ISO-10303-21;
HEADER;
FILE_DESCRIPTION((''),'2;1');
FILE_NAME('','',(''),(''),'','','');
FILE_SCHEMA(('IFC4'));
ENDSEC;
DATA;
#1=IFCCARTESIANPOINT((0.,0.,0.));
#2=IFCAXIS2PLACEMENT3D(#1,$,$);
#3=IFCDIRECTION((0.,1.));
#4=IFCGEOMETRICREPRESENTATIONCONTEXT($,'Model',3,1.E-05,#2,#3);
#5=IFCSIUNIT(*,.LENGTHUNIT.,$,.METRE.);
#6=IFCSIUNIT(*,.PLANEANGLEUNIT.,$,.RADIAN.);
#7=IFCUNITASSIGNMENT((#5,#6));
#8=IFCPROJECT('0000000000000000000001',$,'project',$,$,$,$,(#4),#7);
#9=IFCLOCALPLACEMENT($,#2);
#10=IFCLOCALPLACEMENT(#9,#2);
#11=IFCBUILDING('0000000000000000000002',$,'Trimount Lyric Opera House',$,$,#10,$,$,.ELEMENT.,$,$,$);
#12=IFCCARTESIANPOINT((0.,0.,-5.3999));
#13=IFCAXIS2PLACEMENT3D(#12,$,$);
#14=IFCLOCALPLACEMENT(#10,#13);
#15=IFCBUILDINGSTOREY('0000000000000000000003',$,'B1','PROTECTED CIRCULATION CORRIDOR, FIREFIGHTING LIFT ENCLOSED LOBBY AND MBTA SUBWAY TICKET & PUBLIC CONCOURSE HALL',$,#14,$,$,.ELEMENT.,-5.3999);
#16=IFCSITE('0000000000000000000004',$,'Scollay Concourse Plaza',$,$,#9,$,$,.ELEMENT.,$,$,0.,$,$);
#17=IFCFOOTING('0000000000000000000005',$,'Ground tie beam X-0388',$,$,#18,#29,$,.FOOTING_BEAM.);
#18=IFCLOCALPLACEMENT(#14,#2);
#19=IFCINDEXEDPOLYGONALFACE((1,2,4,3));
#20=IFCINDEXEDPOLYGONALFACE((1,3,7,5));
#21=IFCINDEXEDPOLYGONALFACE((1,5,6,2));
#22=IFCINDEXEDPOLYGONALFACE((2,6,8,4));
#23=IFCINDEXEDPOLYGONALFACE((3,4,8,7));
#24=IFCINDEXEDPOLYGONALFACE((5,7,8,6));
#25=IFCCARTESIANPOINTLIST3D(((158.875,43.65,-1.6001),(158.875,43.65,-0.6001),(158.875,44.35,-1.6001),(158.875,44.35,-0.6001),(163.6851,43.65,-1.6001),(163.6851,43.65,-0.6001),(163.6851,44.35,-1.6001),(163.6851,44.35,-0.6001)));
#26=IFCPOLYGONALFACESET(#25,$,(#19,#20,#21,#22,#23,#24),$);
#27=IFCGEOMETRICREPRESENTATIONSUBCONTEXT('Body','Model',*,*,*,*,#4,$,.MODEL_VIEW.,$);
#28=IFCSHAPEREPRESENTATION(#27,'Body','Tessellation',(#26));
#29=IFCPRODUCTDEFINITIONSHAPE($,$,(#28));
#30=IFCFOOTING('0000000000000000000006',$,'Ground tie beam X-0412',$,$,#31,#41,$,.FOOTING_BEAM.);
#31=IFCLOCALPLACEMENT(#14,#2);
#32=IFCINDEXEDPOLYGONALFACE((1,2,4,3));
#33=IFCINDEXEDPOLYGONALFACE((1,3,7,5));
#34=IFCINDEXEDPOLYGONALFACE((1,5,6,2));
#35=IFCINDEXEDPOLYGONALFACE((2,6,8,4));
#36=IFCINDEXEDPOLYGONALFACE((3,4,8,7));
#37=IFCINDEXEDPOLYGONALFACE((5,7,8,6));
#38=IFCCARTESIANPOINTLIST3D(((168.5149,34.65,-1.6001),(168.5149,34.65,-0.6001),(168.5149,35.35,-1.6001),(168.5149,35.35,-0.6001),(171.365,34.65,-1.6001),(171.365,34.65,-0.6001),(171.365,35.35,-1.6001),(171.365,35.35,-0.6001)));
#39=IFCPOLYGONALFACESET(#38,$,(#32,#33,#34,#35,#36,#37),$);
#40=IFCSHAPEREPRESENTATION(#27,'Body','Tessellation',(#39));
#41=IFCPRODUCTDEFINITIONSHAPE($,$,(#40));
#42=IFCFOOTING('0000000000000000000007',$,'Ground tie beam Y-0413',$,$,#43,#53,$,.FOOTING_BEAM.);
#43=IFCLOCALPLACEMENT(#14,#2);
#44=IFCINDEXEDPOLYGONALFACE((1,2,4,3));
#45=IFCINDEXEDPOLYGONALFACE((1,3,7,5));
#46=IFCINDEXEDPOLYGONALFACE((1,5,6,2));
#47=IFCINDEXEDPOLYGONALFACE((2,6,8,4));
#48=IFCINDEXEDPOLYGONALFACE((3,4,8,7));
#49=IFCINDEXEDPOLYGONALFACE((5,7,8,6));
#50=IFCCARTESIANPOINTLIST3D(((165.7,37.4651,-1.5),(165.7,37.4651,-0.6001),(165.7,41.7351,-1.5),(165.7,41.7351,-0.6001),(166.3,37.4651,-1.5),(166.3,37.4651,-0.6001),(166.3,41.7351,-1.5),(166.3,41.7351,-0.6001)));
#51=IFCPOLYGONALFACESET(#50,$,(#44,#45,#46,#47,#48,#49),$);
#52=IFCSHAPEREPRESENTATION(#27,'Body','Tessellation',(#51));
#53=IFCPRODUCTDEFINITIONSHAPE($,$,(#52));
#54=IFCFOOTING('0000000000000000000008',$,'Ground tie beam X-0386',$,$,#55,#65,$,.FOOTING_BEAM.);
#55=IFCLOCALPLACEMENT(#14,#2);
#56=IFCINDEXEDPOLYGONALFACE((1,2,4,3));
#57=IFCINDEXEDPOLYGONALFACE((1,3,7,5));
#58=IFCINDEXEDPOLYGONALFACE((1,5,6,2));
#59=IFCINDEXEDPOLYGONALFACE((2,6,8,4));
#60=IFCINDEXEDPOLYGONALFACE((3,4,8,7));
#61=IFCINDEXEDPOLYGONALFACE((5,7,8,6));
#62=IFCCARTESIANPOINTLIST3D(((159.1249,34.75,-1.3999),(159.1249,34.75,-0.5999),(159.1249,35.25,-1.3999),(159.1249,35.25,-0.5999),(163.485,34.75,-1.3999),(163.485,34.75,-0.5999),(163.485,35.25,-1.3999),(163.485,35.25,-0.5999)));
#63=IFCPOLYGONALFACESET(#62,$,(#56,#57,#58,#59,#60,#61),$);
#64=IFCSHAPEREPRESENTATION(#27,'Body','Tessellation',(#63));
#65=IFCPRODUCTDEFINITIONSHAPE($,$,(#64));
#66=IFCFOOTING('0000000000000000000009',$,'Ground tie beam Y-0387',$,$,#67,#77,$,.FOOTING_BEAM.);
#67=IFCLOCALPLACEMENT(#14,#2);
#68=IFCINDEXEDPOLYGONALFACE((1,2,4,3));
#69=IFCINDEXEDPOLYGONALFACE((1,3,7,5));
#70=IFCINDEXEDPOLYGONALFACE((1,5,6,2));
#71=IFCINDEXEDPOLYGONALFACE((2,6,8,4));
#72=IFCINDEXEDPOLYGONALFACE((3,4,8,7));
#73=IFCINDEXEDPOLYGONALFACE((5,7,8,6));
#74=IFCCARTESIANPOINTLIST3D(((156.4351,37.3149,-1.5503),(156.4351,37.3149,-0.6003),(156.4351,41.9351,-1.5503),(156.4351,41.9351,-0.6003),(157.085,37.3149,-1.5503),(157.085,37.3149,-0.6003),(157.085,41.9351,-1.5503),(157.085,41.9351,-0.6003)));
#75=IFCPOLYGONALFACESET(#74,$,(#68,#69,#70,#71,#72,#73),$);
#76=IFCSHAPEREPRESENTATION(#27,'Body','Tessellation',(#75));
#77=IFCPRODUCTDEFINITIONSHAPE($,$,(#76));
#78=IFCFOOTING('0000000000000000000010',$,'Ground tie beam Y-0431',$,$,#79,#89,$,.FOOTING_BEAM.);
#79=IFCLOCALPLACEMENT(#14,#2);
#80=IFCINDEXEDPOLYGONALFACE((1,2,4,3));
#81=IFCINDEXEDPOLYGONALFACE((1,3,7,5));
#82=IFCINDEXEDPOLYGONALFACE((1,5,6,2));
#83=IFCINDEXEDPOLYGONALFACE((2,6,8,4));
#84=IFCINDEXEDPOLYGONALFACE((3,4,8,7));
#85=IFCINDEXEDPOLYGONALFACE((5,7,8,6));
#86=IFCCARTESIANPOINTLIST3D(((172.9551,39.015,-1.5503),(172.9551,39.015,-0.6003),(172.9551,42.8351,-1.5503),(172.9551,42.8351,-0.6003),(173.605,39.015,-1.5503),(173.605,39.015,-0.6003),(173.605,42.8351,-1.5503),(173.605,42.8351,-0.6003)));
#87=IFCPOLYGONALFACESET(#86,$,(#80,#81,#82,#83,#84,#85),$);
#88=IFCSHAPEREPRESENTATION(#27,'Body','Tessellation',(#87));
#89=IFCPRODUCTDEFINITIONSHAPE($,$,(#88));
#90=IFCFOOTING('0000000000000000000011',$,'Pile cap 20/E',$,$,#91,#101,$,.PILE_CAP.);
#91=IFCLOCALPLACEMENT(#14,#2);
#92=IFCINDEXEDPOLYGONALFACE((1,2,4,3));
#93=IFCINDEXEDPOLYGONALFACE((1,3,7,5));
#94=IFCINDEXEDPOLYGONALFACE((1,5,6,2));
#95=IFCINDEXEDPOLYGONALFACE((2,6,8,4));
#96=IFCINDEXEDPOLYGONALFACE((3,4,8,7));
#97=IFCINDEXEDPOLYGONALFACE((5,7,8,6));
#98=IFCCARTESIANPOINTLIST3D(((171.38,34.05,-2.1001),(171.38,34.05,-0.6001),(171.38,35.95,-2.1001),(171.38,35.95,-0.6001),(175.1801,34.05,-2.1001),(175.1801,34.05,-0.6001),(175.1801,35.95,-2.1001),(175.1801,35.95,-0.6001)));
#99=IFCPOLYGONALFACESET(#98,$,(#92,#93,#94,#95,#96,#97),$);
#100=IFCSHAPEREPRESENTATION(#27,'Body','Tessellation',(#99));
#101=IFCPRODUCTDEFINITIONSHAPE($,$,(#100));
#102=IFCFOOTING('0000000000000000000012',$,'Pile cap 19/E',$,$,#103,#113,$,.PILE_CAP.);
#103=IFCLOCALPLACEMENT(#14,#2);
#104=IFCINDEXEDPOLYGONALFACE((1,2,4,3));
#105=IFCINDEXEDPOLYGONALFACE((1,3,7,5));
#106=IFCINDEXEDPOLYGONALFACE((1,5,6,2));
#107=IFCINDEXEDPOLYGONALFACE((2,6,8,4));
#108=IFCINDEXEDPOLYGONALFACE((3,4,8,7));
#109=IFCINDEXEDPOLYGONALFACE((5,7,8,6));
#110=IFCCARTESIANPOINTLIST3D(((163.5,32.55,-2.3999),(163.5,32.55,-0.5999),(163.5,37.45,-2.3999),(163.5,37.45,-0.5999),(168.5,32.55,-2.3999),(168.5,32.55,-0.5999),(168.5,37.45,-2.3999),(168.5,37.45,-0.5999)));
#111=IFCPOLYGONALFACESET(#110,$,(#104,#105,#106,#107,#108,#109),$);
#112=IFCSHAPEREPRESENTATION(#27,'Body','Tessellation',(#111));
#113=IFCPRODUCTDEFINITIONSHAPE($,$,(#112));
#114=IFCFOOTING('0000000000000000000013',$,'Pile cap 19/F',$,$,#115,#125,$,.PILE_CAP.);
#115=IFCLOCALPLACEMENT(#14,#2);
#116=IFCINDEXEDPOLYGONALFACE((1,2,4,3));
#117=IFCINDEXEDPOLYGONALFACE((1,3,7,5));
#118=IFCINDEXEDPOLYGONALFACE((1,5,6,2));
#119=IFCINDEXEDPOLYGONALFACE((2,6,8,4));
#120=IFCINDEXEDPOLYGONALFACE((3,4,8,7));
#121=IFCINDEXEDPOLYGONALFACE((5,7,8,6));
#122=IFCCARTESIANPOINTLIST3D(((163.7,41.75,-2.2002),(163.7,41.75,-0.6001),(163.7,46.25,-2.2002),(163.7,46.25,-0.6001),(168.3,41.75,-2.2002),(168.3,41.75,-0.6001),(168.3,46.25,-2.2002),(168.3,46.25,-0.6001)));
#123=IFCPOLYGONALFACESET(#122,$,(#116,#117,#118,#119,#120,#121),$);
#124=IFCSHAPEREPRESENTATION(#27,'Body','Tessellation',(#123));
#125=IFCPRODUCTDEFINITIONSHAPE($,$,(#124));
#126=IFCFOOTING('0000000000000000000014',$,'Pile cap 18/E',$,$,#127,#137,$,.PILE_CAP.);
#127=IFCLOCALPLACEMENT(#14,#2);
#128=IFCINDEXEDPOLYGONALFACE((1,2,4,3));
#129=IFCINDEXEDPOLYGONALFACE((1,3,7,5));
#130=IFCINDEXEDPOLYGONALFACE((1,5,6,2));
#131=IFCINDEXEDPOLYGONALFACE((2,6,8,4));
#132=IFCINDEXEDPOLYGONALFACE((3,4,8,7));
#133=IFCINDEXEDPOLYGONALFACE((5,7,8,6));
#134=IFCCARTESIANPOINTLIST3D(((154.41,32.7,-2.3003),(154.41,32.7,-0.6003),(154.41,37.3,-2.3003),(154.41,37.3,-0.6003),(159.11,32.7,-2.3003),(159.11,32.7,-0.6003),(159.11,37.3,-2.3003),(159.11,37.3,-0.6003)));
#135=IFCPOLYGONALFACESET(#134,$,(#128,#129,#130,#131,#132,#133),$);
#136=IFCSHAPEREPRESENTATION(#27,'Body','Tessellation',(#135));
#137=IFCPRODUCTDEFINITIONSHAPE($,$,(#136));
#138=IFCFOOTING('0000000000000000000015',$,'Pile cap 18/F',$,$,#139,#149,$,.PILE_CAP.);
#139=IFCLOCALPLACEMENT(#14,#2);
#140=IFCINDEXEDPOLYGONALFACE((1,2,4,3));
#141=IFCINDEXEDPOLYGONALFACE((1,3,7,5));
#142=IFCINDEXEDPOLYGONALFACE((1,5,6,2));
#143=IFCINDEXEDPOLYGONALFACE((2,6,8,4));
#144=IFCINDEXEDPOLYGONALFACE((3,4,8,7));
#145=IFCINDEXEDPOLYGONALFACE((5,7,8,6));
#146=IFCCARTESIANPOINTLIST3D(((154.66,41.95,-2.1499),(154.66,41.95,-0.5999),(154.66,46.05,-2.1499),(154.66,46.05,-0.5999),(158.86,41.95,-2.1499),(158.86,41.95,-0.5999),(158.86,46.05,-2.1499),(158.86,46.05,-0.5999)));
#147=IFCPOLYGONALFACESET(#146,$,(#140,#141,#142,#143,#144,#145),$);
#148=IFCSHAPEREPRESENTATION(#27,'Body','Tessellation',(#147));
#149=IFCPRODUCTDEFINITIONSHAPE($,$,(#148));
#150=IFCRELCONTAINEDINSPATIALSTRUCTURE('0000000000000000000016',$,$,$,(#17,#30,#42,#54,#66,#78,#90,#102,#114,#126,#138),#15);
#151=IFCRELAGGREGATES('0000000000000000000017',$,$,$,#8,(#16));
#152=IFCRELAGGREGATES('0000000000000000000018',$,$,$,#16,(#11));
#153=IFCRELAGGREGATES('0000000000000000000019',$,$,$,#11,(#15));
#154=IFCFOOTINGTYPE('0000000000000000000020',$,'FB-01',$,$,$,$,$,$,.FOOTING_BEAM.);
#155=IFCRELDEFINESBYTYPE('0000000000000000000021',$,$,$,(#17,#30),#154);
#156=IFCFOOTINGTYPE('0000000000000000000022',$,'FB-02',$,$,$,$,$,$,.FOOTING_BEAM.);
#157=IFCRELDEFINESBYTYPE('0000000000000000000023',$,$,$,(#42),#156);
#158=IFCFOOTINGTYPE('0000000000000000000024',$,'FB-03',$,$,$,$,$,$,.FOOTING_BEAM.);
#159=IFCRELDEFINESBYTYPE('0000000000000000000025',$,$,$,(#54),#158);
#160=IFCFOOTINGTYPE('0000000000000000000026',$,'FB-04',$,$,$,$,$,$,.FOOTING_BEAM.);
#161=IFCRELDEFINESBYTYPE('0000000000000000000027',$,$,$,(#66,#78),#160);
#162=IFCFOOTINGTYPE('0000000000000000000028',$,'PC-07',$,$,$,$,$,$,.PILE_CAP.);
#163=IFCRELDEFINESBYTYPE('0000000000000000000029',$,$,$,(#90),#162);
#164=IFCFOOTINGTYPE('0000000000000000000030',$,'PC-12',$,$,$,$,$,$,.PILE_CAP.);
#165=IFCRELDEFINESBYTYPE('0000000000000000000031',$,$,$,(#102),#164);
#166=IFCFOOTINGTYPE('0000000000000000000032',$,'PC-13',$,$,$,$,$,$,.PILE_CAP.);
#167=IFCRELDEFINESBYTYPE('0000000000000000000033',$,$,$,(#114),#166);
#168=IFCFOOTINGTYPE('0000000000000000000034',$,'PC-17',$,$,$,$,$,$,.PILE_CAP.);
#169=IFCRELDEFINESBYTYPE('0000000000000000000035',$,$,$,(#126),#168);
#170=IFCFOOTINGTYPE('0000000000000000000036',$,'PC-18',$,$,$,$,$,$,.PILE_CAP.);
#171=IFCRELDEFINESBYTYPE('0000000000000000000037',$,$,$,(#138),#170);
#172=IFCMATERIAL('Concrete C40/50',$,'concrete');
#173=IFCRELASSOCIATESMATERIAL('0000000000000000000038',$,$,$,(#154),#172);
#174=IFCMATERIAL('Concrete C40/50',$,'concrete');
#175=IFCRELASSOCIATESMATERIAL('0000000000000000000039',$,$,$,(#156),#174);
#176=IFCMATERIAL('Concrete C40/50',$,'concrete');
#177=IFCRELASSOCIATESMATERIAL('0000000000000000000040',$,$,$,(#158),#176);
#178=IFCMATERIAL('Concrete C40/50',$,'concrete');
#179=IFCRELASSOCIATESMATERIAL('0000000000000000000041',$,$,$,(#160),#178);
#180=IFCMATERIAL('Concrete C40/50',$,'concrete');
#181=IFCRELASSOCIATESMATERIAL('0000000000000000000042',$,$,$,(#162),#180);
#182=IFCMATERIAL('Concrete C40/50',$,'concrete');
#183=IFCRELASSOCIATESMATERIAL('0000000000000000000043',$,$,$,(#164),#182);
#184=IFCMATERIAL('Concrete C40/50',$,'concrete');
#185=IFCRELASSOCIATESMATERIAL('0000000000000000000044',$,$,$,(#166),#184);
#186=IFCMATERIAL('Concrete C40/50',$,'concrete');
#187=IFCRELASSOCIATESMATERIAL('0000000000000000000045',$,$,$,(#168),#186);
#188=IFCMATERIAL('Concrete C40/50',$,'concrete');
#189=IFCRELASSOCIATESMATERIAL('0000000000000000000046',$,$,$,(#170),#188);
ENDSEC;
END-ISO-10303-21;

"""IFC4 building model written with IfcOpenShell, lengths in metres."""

from ifc_helpers import new_model, si_unit, direction, frame, origin, origin_2d, place, context, subcontext, project, spatial, rectangle, extrude, material, type_object, element, save


model = new_model("IFC4")

# Units and contexts
model_context = context("Model", 3, precision=1e-05, world=origin(), true_north=direction((0.0, 1.0)))
body_context = subcontext(model_context, "Body", "Model", "MODEL_VIEW")
ifc_project = project(units=[si_unit("LENGTHUNIT", "METRE"), si_unit("PLANEANGLEUNIT", "RADIAN")], contexts=[model_context])

# Site, building, storey
site_placement = place(None, origin())
site = spatial("IfcSite", under=ifc_project, at=site_placement, Name="Scollay Concourse Plaza", CompositionType="ELEMENT", RefElevation=0.0)
building_placement = place(site_placement, origin())
building = spatial("IfcBuilding", under=site, at=building_placement, Name="Trimount Lyric Opera House", CompositionType="ELEMENT")
storey_placement = place(building_placement, frame((0.0, 0.0, -5.3999)))
storey = spatial("IfcBuildingStorey", under=building, at=storey_placement, Name="B1", Description="PROTECTED CIRCULATION CORRIDOR, FIREFIGHTING LIFT ENCLOSED LOBBY AND MBTA SUBWAY TICKET & PUBLIC CONCOURSE HALL", CompositionType="ELEMENT", Elevation=-5.3999)

# Footings
ifc_material_1 = material(Name="Concrete C40/50", Category="concrete")
footing_type_1 = type_object("IfcFootingType", Name="FB-01", PredefinedType="FOOTING_BEAM", material=ifc_material_1)
footing_1_placement = place(storey_placement, frame((161.28, 44.0, -1.6001), z_axis=(0.0, 0.0, 1.0), x_axis=(1.0, 0.0, 0.0)))
element("IfcFooting", 1, at=footing_1_placement, inside=storey, type_object=footing_type_1, Name="Ground tie beam X-0388", PredefinedType="FOOTING_BEAM", context=body_context, shape_type="SweptSolid", body=[
    extrude(rectangle(XDim=4.8101, YDim=0.7, at=origin_2d()), origin(), (0.0, 0.0, 1.0), 1.0),
])
footing_2_placement = place(storey_placement, frame((169.9399, 35.0, -1.6001), z_axis=(0.0, 0.0, 1.0), x_axis=(1.0, 0.0, 0.0)))
element("IfcFooting", 2, at=footing_2_placement, inside=storey, type_object=footing_type_1, Name="Ground tie beam X-0412", PredefinedType="FOOTING_BEAM", context=body_context, shape_type="SweptSolid", body=[
    extrude(rectangle(XDim=2.8501, YDim=0.7, at=origin_2d()), origin(), (0.0, 0.0, 1.0), 1.0),
])
ifc_material_2 = material(Name="Concrete C40/50", Category="concrete")
footing_type_2 = type_object("IfcFootingType", Name="FB-02", PredefinedType="FOOTING_BEAM", material=ifc_material_2)
footing_3_placement = place(storey_placement, frame((166.0, 39.6001, -1.5), z_axis=(0.0, 0.0, 1.0), x_axis=(1.0, 0.0, 0.0)))
element("IfcFooting", 3, at=footing_3_placement, inside=storey, type_object=footing_type_2, Name="Ground tie beam Y-0413", PredefinedType="FOOTING_BEAM", context=body_context, shape_type="SweptSolid", body=[
    extrude(rectangle(XDim=0.6001, YDim=4.27, at=origin_2d()), origin(), (0.0, 0.0, 1.0), 0.8999),
])
ifc_material_3 = material(Name="Concrete C40/50", Category="concrete")
footing_type_3 = type_object("IfcFootingType", Name="FB-03", PredefinedType="FOOTING_BEAM", material=ifc_material_3)
footing_4_placement = place(storey_placement, frame((161.3049, 35.0, -1.3999), z_axis=(0.0, 0.0, 1.0), x_axis=(1.0, 0.0, 0.0)))
element("IfcFooting", 4, at=footing_4_placement, inside=storey, type_object=footing_type_3, Name="Ground tie beam X-0386", PredefinedType="FOOTING_BEAM", context=body_context, shape_type="SweptSolid", body=[
    extrude(rectangle(XDim=4.3601, YDim=0.5, at=origin_2d()), origin(), (0.0, 0.0, 1.0), 0.8),
])
ifc_material_4 = material(Name="Concrete C40/50", Category="concrete")
footing_type_4 = type_object("IfcFootingType", Name="FB-04", PredefinedType="FOOTING_BEAM", material=ifc_material_4)
footing_5_placement = place(storey_placement, frame((156.76, 39.625, -1.5503), z_axis=(0.0, 0.0, 1.0), x_axis=(1.0, 0.0, 0.0)))
element("IfcFooting", 5, at=footing_5_placement, inside=storey, type_object=footing_type_4, Name="Ground tie beam Y-0387", PredefinedType="FOOTING_BEAM", context=body_context, shape_type="SweptSolid", body=[
    extrude(rectangle(XDim=0.6499, YDim=4.6201, at=origin_2d()), origin(), (0.0, 0.0, 1.0), 0.95),
])
footing_6_placement = place(storey_placement, frame((173.28, 40.925, -1.5503), z_axis=(0.0, 0.0, 1.0), x_axis=(1.0, 0.0, 0.0)))
element("IfcFooting", 6, at=footing_6_placement, inside=storey, type_object=footing_type_4, Name="Ground tie beam Y-0431", PredefinedType="FOOTING_BEAM", context=body_context, shape_type="SweptSolid", body=[
    extrude(rectangle(XDim=0.6499, YDim=3.8201, at=origin_2d()), origin(), (0.0, 0.0, 1.0), 0.95),
])
ifc_material_5 = material(Name="Concrete C40/50", Category="concrete")
footing_type_5 = type_object("IfcFootingType", Name="PC-07", PredefinedType="PILE_CAP", material=ifc_material_5)
footing_7_placement = place(storey_placement, frame((173.28, 35.0, -2.1001), z_axis=(0.0, 0.0, 1.0), x_axis=(1.0, 0.0, 0.0)))
element("IfcFooting", 7, at=footing_7_placement, inside=storey, type_object=footing_type_5, Name="Pile cap 20/E", PredefinedType="PILE_CAP", context=body_context, shape_type="SweptSolid", body=[
    extrude(rectangle(XDim=3.8, YDim=1.8999, at=origin_2d()), origin(), (0.0, 0.0, 1.0), 1.5),
])
ifc_material_6 = material(Name="Concrete C40/50", Category="concrete")
footing_type_6 = type_object("IfcFootingType", Name="PC-12", PredefinedType="PILE_CAP", material=ifc_material_6)
footing_8_placement = place(storey_placement, frame((166.0, 35.0, -2.3999), z_axis=(0.0, 0.0, 1.0), x_axis=(1.0, 0.0, 0.0)))
element("IfcFooting", 8, at=footing_8_placement, inside=storey, type_object=footing_type_6, Name="Pile cap 19/E", PredefinedType="PILE_CAP", context=body_context, shape_type="SweptSolid", body=[
    extrude(rectangle(XDim=5.0, YDim=4.8999, at=origin_2d()), origin(), (0.0, 0.0, 1.0), 1.8),
])
ifc_material_7 = material(Name="Concrete C40/50", Category="concrete")
footing_type_7 = type_object("IfcFootingType", Name="PC-13", PredefinedType="PILE_CAP", material=ifc_material_7)
footing_9_placement = place(storey_placement, frame((166.0, 44.0, -2.2002), z_axis=(0.0, 0.0, 1.0), x_axis=(1.0, 0.0, 0.0)))
element("IfcFooting", 9, at=footing_9_placement, inside=storey, type_object=footing_type_7, Name="Pile cap 19/F", PredefinedType="PILE_CAP", context=body_context, shape_type="SweptSolid", body=[
    extrude(rectangle(XDim=4.6001, YDim=4.5, at=origin_2d()), origin(), (0.0, 0.0, 1.0), 1.6001),
])
ifc_material_8 = material(Name="Concrete C40/50", Category="concrete")
footing_type_8 = type_object("IfcFootingType", Name="PC-17", PredefinedType="PILE_CAP", material=ifc_material_8)
footing_10_placement = place(storey_placement, frame((156.76, 35.0, -2.3003), z_axis=(0.0, 0.0, 1.0), x_axis=(1.0, 0.0, 0.0)))
element("IfcFooting", 10, at=footing_10_placement, inside=storey, type_object=footing_type_8, Name="Pile cap 18/E", PredefinedType="PILE_CAP", context=body_context, shape_type="SweptSolid", body=[
    extrude(rectangle(XDim=4.7, YDim=4.6001, at=origin_2d()), origin(), (0.0, 0.0, 1.0), 1.7),
])
ifc_material_9 = material(Name="Concrete C40/50", Category="concrete")
footing_type_9 = type_object("IfcFootingType", Name="PC-18", PredefinedType="PILE_CAP", material=ifc_material_9)
footing_11_placement = place(storey_placement, frame((156.76, 44.0, -2.1499), z_axis=(0.0, 0.0, 1.0), x_axis=(1.0, 0.0, 0.0)))
element("IfcFooting", 11, at=footing_11_placement, inside=storey, type_object=footing_type_9, Name="Pile cap 18/F", PredefinedType="PILE_CAP", context=body_context, shape_type="SweptSolid", body=[
    extrude(rectangle(XDim=4.2, YDim=4.1001, at=origin_2d()), origin(), (0.0, 0.0, 1.0), 1.55),
])

save(model, "model.ifc")
